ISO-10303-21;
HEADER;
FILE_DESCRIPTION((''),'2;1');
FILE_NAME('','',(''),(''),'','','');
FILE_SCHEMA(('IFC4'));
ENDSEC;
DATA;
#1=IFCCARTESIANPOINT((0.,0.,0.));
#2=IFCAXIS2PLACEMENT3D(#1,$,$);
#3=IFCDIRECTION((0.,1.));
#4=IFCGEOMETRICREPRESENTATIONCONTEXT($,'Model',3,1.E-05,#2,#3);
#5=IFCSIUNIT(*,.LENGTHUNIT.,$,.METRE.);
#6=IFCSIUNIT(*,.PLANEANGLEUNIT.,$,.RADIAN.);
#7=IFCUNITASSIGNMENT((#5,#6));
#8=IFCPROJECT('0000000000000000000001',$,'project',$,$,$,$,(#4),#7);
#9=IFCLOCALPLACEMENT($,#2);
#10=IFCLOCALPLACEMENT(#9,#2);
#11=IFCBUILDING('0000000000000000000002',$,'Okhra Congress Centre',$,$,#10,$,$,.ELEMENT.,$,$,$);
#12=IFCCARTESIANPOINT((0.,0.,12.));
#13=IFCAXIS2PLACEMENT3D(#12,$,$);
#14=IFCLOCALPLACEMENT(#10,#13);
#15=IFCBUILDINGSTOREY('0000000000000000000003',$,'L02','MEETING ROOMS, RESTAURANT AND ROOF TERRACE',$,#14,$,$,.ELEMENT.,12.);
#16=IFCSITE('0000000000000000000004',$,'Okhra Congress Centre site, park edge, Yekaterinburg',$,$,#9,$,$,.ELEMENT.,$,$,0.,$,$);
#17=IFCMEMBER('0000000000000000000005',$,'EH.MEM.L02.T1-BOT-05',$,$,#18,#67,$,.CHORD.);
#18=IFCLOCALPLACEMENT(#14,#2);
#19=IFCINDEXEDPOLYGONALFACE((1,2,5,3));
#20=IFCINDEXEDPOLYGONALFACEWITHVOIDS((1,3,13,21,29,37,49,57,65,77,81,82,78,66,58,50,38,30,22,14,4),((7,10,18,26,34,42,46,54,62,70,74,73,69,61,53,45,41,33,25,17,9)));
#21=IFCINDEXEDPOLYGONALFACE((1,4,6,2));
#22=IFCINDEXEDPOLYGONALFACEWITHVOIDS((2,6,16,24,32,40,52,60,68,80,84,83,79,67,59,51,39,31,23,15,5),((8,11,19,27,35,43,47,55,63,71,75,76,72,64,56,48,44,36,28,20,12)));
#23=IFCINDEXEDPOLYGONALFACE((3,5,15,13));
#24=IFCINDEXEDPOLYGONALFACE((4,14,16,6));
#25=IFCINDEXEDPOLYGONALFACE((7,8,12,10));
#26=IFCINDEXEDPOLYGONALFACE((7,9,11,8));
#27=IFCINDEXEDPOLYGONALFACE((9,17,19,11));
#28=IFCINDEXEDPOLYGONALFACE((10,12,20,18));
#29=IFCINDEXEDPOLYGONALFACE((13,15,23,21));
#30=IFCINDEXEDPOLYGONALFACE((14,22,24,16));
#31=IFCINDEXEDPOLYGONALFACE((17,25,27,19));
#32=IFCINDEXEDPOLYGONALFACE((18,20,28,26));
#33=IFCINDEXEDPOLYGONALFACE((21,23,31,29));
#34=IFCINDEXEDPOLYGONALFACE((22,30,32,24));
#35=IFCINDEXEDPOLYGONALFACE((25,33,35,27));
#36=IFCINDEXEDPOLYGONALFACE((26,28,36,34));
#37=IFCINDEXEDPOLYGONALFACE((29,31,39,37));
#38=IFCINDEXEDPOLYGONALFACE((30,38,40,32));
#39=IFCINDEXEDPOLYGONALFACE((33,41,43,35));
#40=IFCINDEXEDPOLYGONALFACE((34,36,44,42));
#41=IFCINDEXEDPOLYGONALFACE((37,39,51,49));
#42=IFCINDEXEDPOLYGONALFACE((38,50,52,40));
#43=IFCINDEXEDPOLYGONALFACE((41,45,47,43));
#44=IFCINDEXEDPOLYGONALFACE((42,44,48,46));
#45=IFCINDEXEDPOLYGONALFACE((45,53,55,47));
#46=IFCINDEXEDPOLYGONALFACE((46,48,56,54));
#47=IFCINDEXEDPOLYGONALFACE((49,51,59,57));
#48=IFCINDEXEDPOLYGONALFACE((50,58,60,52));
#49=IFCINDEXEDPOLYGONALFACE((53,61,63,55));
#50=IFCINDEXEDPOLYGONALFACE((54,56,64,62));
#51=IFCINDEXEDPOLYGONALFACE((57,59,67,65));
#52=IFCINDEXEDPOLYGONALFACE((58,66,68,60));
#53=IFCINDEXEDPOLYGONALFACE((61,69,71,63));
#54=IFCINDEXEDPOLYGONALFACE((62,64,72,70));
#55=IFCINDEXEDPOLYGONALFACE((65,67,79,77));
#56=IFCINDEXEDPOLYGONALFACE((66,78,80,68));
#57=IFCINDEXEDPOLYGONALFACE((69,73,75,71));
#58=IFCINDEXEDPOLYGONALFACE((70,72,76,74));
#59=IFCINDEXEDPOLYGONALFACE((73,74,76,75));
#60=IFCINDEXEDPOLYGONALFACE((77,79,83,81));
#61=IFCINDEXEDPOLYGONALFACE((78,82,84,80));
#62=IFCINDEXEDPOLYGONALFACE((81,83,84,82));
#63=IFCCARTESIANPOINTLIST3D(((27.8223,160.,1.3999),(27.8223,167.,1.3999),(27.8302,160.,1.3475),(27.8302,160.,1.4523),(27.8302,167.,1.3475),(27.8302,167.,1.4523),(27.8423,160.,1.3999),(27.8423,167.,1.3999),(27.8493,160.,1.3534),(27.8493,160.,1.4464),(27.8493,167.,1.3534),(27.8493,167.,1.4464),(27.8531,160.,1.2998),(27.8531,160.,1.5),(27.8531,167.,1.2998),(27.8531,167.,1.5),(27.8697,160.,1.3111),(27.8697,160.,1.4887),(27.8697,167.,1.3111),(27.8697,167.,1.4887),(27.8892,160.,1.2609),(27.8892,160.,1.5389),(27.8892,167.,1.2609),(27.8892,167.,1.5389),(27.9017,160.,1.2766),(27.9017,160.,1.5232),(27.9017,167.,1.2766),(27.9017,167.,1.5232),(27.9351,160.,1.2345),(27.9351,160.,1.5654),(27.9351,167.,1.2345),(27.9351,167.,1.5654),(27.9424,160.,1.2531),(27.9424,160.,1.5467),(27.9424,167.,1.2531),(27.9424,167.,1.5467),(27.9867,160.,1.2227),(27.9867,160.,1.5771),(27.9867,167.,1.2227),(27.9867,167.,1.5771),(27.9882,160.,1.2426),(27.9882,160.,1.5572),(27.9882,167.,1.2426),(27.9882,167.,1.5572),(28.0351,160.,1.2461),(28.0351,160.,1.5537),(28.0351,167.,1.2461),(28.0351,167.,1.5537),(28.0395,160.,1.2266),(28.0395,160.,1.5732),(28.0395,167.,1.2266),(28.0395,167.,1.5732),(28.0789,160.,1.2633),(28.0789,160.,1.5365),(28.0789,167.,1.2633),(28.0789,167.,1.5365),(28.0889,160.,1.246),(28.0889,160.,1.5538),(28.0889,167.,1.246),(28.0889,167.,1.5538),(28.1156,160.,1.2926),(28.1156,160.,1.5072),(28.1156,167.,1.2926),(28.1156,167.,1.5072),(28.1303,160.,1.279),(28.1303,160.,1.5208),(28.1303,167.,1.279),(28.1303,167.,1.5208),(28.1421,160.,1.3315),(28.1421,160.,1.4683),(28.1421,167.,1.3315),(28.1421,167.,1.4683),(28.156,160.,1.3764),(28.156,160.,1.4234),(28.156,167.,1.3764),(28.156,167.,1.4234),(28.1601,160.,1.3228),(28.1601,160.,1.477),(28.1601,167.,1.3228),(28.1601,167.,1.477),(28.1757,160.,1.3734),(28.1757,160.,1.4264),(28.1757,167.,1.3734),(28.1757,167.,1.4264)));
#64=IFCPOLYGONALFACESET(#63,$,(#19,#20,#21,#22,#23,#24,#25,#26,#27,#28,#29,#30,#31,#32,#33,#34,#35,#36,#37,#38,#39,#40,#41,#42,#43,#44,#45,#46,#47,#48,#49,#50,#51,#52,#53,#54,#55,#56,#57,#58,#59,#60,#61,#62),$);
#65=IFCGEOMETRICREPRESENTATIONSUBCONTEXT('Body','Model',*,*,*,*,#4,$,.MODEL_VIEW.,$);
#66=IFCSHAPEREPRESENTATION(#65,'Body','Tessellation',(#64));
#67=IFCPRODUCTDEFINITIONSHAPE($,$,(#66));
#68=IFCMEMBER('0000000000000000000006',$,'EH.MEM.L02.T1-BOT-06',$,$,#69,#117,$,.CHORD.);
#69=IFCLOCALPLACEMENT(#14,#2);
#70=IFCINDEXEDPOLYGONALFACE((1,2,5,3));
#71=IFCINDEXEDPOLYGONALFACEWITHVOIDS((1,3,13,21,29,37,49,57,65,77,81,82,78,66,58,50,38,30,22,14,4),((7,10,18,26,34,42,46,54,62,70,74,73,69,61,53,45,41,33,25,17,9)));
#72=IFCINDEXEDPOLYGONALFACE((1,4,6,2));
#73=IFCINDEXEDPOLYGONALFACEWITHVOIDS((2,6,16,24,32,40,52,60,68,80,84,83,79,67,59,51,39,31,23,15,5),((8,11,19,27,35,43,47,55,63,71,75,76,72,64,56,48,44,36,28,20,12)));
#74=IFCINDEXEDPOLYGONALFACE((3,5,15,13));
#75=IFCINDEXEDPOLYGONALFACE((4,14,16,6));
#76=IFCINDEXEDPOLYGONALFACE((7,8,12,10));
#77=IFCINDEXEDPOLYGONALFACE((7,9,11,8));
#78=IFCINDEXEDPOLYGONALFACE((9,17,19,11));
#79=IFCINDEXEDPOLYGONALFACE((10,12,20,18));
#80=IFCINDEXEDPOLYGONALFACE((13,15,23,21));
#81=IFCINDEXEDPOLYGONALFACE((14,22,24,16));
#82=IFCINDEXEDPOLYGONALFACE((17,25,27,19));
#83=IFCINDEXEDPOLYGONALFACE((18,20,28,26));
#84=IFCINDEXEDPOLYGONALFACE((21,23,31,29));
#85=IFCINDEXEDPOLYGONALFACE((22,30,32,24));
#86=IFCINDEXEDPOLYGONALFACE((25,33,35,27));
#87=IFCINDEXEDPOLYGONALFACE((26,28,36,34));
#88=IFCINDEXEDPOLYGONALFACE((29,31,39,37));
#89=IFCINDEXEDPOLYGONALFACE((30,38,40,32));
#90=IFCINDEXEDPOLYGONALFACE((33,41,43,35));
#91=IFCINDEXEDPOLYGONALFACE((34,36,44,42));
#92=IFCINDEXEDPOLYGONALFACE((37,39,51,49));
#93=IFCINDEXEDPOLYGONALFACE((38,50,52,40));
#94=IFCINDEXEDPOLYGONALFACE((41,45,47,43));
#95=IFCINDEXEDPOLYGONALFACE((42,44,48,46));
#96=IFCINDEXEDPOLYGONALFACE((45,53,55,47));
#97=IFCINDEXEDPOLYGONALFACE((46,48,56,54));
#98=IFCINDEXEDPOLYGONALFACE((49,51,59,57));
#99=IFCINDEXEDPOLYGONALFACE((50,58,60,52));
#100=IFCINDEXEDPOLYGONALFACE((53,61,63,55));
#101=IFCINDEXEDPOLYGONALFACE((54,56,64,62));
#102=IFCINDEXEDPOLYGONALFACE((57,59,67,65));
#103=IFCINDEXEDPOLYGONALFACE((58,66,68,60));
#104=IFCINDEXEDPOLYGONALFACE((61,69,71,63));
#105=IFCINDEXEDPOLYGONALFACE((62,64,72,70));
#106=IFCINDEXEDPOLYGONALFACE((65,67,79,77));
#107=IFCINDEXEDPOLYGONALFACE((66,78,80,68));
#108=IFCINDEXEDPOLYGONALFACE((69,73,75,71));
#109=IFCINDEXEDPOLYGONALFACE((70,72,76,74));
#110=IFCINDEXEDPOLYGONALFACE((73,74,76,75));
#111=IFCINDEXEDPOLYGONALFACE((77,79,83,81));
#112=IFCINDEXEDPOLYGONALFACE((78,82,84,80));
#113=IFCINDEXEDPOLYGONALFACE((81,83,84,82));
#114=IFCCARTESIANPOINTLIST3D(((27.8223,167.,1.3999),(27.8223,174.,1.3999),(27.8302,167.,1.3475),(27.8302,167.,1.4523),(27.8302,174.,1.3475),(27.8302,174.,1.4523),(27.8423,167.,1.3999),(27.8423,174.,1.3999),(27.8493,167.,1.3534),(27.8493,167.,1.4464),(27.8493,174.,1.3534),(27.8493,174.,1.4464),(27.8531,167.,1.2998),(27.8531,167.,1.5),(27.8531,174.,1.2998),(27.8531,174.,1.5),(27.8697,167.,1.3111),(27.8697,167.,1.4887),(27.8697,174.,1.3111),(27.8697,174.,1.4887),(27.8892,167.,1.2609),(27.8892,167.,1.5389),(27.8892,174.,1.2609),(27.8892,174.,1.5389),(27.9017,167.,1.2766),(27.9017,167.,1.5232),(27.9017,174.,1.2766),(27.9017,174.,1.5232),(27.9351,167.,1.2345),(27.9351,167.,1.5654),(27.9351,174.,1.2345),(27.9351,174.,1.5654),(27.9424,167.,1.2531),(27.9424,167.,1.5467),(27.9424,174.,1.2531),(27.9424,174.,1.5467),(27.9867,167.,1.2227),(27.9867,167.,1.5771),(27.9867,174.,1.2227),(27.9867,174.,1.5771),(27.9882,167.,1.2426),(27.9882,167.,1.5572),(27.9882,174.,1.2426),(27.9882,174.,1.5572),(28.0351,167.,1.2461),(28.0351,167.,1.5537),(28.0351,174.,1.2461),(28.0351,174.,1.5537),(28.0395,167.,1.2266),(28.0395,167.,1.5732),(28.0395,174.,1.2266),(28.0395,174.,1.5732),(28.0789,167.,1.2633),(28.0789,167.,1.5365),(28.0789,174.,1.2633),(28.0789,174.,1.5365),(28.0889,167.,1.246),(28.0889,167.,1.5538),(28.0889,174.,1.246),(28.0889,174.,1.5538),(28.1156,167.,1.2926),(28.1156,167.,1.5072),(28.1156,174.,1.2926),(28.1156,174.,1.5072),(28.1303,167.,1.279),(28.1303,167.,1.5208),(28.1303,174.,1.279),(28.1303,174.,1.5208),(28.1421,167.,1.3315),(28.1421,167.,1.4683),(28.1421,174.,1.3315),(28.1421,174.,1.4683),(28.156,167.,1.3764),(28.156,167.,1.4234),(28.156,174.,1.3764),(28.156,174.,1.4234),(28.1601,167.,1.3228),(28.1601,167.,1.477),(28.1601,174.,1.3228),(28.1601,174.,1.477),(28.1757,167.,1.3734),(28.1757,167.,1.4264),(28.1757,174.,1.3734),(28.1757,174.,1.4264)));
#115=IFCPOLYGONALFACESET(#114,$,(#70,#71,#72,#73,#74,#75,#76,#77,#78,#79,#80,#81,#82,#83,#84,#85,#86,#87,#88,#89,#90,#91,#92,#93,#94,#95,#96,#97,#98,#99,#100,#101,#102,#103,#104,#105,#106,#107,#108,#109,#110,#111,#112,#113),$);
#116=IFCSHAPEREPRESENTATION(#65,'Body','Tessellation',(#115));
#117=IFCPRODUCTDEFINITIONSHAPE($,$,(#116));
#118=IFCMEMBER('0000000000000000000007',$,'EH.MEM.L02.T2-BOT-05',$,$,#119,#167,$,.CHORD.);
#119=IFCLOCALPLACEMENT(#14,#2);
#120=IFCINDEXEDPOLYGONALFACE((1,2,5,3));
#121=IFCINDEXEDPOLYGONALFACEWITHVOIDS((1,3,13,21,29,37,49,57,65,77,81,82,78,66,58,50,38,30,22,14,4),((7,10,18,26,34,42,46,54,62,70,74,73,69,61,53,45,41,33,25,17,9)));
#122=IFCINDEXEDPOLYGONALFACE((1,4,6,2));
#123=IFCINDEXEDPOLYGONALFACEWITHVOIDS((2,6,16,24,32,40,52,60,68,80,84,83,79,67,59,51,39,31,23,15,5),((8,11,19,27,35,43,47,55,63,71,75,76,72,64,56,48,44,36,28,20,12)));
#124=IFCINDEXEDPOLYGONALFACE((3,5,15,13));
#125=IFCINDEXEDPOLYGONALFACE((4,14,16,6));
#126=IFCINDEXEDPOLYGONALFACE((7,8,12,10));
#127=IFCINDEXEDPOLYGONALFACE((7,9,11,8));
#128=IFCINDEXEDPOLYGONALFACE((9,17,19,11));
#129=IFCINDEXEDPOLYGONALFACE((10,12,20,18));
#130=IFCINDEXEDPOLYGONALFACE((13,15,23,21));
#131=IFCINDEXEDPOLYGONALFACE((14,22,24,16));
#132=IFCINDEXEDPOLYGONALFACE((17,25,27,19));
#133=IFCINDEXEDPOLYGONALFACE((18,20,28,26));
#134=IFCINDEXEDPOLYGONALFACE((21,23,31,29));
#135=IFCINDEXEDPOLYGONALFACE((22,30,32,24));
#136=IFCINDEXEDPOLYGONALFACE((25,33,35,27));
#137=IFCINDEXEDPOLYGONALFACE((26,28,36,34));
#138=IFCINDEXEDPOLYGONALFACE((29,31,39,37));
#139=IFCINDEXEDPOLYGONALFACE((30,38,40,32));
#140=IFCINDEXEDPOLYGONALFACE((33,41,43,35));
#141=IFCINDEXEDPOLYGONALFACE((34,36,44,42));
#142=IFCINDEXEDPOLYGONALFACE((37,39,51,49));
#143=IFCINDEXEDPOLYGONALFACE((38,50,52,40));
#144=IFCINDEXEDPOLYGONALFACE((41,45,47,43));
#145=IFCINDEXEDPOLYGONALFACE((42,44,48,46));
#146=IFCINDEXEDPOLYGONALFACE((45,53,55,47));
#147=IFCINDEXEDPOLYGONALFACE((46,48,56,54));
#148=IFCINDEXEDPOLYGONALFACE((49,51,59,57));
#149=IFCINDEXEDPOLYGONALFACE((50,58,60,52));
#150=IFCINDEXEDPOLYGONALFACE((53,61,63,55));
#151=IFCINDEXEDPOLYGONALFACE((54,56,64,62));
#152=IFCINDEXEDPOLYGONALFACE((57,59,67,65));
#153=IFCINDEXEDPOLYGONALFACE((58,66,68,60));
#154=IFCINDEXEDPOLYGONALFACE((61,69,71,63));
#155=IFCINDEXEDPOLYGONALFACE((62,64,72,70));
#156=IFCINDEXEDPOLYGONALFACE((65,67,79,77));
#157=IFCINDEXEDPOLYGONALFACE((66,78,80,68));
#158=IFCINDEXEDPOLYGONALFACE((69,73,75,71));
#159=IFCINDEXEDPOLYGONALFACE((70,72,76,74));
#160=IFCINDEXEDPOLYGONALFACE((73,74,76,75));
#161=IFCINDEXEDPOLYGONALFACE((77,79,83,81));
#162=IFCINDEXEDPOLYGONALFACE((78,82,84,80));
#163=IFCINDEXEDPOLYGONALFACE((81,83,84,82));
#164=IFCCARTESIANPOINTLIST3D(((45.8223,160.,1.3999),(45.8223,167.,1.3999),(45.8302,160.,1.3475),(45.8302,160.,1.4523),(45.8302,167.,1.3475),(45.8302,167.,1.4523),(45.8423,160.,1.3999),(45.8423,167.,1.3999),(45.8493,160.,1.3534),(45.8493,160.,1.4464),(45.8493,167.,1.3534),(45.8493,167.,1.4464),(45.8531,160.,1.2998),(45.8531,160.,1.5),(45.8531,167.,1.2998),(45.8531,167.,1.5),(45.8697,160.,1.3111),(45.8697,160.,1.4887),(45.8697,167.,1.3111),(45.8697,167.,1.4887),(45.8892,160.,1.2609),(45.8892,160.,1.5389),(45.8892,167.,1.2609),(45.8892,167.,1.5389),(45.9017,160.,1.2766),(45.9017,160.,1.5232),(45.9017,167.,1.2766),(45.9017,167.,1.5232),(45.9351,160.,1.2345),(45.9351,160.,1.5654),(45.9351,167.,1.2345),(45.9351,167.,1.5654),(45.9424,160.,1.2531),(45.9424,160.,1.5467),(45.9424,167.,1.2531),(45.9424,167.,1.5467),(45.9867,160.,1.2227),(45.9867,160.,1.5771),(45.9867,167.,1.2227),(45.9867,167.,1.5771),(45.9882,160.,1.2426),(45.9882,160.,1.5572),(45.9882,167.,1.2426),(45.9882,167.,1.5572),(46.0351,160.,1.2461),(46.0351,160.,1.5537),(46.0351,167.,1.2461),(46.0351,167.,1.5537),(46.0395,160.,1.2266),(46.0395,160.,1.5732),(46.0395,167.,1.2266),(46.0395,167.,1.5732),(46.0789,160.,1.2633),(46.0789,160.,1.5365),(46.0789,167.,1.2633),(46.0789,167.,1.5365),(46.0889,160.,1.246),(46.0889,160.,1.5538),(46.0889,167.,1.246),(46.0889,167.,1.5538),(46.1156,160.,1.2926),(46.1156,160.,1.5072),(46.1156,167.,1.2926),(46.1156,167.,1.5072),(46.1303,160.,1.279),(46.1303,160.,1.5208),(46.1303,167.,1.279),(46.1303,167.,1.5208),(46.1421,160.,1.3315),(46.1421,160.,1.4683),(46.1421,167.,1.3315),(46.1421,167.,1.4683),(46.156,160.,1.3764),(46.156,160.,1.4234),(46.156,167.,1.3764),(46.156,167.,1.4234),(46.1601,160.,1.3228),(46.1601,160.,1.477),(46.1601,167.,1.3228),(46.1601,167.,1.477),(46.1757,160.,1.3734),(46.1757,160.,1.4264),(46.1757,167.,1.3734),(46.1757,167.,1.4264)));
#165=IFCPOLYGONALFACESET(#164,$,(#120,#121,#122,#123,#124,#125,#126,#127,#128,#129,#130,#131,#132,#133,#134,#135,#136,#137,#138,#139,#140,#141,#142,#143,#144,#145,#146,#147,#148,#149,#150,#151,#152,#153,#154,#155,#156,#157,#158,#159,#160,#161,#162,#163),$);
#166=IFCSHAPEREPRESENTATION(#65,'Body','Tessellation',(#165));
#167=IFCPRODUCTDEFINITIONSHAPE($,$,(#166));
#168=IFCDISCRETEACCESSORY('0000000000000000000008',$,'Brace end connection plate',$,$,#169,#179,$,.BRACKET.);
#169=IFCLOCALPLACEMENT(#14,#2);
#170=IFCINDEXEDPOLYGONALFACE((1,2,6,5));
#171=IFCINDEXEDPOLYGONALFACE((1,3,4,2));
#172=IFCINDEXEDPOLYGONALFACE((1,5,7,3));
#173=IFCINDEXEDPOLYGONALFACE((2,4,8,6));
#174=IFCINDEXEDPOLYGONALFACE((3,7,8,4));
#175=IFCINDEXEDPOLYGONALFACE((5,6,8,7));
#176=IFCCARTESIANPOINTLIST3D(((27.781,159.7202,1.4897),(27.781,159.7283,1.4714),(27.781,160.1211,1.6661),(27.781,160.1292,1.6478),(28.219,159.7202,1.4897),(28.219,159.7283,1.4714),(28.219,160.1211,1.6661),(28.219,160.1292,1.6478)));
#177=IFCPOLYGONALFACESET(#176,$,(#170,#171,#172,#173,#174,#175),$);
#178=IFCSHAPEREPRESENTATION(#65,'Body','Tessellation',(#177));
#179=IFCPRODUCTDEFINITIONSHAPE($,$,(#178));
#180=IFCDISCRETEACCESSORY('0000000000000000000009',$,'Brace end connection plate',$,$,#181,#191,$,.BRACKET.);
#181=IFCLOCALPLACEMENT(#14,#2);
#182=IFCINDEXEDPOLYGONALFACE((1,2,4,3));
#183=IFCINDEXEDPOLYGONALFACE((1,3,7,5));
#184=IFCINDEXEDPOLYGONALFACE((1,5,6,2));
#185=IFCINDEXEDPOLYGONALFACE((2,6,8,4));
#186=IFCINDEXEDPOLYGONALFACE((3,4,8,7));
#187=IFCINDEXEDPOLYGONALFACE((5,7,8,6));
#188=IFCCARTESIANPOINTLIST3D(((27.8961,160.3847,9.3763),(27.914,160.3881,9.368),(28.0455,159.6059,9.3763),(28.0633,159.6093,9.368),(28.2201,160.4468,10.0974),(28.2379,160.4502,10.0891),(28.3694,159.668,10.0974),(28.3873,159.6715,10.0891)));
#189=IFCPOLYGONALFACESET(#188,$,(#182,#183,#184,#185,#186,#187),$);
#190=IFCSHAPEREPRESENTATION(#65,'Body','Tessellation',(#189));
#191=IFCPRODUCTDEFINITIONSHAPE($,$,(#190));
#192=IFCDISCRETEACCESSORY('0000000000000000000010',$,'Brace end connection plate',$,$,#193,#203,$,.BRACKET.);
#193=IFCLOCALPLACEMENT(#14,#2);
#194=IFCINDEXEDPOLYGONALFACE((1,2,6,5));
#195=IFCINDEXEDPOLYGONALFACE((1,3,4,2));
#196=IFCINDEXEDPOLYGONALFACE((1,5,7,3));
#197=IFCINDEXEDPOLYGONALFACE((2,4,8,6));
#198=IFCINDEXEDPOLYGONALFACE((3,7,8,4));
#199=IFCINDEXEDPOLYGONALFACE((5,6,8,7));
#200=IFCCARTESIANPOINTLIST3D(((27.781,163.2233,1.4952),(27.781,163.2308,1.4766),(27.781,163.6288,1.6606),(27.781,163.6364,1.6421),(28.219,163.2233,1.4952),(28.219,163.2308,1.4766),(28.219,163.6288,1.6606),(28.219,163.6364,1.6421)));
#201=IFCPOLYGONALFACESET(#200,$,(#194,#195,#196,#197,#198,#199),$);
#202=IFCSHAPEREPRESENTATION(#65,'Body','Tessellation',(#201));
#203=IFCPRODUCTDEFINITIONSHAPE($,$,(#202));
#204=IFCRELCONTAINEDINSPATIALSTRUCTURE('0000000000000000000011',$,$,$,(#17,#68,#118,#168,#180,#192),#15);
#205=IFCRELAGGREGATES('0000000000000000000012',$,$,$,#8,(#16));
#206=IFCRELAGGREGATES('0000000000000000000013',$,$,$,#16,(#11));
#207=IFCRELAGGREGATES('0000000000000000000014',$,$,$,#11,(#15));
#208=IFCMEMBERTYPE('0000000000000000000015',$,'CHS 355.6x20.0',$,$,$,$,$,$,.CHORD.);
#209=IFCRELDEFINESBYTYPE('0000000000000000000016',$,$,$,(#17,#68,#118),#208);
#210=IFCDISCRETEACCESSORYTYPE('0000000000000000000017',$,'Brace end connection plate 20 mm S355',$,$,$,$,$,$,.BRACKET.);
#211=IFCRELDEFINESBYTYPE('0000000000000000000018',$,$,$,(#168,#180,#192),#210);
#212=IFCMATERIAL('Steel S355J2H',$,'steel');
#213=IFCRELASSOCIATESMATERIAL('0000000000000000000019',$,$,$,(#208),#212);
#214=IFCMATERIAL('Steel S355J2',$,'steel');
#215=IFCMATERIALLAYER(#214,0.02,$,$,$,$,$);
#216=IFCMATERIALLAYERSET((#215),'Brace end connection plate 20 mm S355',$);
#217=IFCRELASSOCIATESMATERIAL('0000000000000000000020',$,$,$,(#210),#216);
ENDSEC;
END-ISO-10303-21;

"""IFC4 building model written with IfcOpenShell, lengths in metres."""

from ifc_helpers import new_model, si_unit, direction, frame, origin, origin_2d, place, context, subcontext, project, spatial, rectangle, hollow_circle, extrude, material, layer, layer_set, material_profile, profile_set, type_object, element, save


model = new_model("IFC4")

# Units and contexts
model_context = context("Model", 3, precision=1e-05, world=origin(), true_north=direction((0.0, 1.0)))
body_context = subcontext(model_context, "Body", "Model", "MODEL_VIEW")
ifc_project = project(units=[si_unit("LENGTHUNIT", "METRE"), si_unit("PLANEANGLEUNIT", "RADIAN")], contexts=[model_context])

# Site, building, storey
site_placement = place(None, origin())
site = spatial("IfcSite", under=ifc_project, at=site_placement, Name="Okhra Congress Centre site, park edge, Yekaterinburg", CompositionType="ELEMENT", RefElevation=0.0)
building_placement = place(site_placement, origin())
building = spatial("IfcBuilding", under=site, at=building_placement, Name="Okhra Congress Centre", CompositionType="ELEMENT")
storey_placement = place(building_placement, frame((0.0, 0.0, 12.0)))
storey = spatial("IfcBuildingStorey", under=building, at=storey_placement, Name="L02", Description="MEETING ROOMS, RESTAURANT AND ROOF TERRACE", CompositionType="ELEMENT", Elevation=12.0)

# Shared definitions
ifc_material_1 = material(Name="Steel S355J2", Category="steel")

# Members
ifc_material_2 = material(Name="Steel S355J2H", Category="steel")
ifc_material_profile_1 = material_profile(ifc_material_2, hollow_circle(Radius=0.1777, WallThickness=0.02, at=origin_2d()), Name="CHS 355.6x20.0")
ifc_profile_set_1 = profile_set([ifc_material_profile_1], Name="Steel S355J2H")
member_type_1 = type_object("IfcMemberType", Name="CHS 355.6x20.0", PredefinedType="CHORD", material=ifc_profile_set_1)
for number, where, z_axis, x_axis, name in (
    (1, (28.0, 160.0, 1.3999), (0.0, 1.0, 0.0), (-1.0, 0.0, 0.0), "EH.MEM.L02.T1-BOT-05"),
    (2, (28.0, 167.0, 1.3999), (0.0, 1.0, 0.0), (-1.0, 0.0, 0.0), "EH.MEM.L02.T1-BOT-06"),
    (3, (46.0, 160.0, 1.3999), (0.0, 1.0, 0.0), (-1.0, 0.0, 0.0), "EH.MEM.L02.T2-BOT-05"),
):
    element("IfcMember", number, at=place(storey_placement, frame(where, z_axis=z_axis, x_axis=x_axis)), inside=storey, type_object=member_type_1, Name=name, PredefinedType="CHORD", context=body_context, shape_type="SweptSolid", body=[
        extrude(hollow_circle(Radius=0.1777, WallThickness=0.02, at=origin_2d()), origin(), (0.0, 0.0, 1.0), 7.0),
    ])

# Discrete accessories
ifc_layer = layer(ifc_material_1, 0.02)
ifc_layer_set = layer_set([ifc_layer], Name="Brace end connection plate 20 mm S355")
discrete_accessory_type = type_object("IfcDiscreteAccessoryType", Name="Brace end connection plate 20 mm S355", PredefinedType="BRACKET", material=ifc_layer_set)
discrete_accessory_1_placement = place(storey_placement, frame((28.0, 159.9207, 1.5779), z_axis=(0.0, 0.402739, -0.915315), x_axis=(-1.0, 0.0, 0.0)))
element("IfcDiscreteAccessory", 4, at=discrete_accessory_1_placement, inside=storey, type_object=discrete_accessory_type, Name="Brace end connection plate", PredefinedType="BRACKET", context=body_context, shape_type="SweptSolid", body=[
    extrude(rectangle(XDim=0.438, YDim=0.438, at=origin_2d()), origin(), (0.0, 0.0, 1.0), 0.02),
])
discrete_accessory_2_placement = place(storey_placement, frame((28.1506, 160.0298, 9.7285), z_axis=(-0.893104, -0.17128, 0.415966), x_axis=(0.188348, -0.982102, 0.0)))
element("IfcDiscreteAccessory", 5, at=discrete_accessory_2_placement, inside=storey, type_object=discrete_accessory_type, Name="Brace end connection plate", PredefinedType="BRACKET", context=body_context, shape_type="SweptSolid", body=[
    extrude(rectangle(XDim=0.793, YDim=0.793, at=origin_2d()), origin(), (0.0, 0.0, 1.0), 0.02),
])
discrete_accessory_3_placement = place(storey_placement, frame((28.0, 163.426, 1.5779), z_axis=(0.0, 0.377684, -0.925935), x_axis=(-1.0, 0.0, 0.0)))
element("IfcDiscreteAccessory", 6, at=discrete_accessory_3_placement, inside=storey, type_object=discrete_accessory_type, Name="Brace end connection plate", PredefinedType="BRACKET", context=body_context, shape_type="SweptSolid", body=[
    extrude(rectangle(XDim=0.438, YDim=0.438, at=origin_2d()), origin(), (0.0, 0.0, 1.0), 0.02),
])

save(model, "model.ifc")
